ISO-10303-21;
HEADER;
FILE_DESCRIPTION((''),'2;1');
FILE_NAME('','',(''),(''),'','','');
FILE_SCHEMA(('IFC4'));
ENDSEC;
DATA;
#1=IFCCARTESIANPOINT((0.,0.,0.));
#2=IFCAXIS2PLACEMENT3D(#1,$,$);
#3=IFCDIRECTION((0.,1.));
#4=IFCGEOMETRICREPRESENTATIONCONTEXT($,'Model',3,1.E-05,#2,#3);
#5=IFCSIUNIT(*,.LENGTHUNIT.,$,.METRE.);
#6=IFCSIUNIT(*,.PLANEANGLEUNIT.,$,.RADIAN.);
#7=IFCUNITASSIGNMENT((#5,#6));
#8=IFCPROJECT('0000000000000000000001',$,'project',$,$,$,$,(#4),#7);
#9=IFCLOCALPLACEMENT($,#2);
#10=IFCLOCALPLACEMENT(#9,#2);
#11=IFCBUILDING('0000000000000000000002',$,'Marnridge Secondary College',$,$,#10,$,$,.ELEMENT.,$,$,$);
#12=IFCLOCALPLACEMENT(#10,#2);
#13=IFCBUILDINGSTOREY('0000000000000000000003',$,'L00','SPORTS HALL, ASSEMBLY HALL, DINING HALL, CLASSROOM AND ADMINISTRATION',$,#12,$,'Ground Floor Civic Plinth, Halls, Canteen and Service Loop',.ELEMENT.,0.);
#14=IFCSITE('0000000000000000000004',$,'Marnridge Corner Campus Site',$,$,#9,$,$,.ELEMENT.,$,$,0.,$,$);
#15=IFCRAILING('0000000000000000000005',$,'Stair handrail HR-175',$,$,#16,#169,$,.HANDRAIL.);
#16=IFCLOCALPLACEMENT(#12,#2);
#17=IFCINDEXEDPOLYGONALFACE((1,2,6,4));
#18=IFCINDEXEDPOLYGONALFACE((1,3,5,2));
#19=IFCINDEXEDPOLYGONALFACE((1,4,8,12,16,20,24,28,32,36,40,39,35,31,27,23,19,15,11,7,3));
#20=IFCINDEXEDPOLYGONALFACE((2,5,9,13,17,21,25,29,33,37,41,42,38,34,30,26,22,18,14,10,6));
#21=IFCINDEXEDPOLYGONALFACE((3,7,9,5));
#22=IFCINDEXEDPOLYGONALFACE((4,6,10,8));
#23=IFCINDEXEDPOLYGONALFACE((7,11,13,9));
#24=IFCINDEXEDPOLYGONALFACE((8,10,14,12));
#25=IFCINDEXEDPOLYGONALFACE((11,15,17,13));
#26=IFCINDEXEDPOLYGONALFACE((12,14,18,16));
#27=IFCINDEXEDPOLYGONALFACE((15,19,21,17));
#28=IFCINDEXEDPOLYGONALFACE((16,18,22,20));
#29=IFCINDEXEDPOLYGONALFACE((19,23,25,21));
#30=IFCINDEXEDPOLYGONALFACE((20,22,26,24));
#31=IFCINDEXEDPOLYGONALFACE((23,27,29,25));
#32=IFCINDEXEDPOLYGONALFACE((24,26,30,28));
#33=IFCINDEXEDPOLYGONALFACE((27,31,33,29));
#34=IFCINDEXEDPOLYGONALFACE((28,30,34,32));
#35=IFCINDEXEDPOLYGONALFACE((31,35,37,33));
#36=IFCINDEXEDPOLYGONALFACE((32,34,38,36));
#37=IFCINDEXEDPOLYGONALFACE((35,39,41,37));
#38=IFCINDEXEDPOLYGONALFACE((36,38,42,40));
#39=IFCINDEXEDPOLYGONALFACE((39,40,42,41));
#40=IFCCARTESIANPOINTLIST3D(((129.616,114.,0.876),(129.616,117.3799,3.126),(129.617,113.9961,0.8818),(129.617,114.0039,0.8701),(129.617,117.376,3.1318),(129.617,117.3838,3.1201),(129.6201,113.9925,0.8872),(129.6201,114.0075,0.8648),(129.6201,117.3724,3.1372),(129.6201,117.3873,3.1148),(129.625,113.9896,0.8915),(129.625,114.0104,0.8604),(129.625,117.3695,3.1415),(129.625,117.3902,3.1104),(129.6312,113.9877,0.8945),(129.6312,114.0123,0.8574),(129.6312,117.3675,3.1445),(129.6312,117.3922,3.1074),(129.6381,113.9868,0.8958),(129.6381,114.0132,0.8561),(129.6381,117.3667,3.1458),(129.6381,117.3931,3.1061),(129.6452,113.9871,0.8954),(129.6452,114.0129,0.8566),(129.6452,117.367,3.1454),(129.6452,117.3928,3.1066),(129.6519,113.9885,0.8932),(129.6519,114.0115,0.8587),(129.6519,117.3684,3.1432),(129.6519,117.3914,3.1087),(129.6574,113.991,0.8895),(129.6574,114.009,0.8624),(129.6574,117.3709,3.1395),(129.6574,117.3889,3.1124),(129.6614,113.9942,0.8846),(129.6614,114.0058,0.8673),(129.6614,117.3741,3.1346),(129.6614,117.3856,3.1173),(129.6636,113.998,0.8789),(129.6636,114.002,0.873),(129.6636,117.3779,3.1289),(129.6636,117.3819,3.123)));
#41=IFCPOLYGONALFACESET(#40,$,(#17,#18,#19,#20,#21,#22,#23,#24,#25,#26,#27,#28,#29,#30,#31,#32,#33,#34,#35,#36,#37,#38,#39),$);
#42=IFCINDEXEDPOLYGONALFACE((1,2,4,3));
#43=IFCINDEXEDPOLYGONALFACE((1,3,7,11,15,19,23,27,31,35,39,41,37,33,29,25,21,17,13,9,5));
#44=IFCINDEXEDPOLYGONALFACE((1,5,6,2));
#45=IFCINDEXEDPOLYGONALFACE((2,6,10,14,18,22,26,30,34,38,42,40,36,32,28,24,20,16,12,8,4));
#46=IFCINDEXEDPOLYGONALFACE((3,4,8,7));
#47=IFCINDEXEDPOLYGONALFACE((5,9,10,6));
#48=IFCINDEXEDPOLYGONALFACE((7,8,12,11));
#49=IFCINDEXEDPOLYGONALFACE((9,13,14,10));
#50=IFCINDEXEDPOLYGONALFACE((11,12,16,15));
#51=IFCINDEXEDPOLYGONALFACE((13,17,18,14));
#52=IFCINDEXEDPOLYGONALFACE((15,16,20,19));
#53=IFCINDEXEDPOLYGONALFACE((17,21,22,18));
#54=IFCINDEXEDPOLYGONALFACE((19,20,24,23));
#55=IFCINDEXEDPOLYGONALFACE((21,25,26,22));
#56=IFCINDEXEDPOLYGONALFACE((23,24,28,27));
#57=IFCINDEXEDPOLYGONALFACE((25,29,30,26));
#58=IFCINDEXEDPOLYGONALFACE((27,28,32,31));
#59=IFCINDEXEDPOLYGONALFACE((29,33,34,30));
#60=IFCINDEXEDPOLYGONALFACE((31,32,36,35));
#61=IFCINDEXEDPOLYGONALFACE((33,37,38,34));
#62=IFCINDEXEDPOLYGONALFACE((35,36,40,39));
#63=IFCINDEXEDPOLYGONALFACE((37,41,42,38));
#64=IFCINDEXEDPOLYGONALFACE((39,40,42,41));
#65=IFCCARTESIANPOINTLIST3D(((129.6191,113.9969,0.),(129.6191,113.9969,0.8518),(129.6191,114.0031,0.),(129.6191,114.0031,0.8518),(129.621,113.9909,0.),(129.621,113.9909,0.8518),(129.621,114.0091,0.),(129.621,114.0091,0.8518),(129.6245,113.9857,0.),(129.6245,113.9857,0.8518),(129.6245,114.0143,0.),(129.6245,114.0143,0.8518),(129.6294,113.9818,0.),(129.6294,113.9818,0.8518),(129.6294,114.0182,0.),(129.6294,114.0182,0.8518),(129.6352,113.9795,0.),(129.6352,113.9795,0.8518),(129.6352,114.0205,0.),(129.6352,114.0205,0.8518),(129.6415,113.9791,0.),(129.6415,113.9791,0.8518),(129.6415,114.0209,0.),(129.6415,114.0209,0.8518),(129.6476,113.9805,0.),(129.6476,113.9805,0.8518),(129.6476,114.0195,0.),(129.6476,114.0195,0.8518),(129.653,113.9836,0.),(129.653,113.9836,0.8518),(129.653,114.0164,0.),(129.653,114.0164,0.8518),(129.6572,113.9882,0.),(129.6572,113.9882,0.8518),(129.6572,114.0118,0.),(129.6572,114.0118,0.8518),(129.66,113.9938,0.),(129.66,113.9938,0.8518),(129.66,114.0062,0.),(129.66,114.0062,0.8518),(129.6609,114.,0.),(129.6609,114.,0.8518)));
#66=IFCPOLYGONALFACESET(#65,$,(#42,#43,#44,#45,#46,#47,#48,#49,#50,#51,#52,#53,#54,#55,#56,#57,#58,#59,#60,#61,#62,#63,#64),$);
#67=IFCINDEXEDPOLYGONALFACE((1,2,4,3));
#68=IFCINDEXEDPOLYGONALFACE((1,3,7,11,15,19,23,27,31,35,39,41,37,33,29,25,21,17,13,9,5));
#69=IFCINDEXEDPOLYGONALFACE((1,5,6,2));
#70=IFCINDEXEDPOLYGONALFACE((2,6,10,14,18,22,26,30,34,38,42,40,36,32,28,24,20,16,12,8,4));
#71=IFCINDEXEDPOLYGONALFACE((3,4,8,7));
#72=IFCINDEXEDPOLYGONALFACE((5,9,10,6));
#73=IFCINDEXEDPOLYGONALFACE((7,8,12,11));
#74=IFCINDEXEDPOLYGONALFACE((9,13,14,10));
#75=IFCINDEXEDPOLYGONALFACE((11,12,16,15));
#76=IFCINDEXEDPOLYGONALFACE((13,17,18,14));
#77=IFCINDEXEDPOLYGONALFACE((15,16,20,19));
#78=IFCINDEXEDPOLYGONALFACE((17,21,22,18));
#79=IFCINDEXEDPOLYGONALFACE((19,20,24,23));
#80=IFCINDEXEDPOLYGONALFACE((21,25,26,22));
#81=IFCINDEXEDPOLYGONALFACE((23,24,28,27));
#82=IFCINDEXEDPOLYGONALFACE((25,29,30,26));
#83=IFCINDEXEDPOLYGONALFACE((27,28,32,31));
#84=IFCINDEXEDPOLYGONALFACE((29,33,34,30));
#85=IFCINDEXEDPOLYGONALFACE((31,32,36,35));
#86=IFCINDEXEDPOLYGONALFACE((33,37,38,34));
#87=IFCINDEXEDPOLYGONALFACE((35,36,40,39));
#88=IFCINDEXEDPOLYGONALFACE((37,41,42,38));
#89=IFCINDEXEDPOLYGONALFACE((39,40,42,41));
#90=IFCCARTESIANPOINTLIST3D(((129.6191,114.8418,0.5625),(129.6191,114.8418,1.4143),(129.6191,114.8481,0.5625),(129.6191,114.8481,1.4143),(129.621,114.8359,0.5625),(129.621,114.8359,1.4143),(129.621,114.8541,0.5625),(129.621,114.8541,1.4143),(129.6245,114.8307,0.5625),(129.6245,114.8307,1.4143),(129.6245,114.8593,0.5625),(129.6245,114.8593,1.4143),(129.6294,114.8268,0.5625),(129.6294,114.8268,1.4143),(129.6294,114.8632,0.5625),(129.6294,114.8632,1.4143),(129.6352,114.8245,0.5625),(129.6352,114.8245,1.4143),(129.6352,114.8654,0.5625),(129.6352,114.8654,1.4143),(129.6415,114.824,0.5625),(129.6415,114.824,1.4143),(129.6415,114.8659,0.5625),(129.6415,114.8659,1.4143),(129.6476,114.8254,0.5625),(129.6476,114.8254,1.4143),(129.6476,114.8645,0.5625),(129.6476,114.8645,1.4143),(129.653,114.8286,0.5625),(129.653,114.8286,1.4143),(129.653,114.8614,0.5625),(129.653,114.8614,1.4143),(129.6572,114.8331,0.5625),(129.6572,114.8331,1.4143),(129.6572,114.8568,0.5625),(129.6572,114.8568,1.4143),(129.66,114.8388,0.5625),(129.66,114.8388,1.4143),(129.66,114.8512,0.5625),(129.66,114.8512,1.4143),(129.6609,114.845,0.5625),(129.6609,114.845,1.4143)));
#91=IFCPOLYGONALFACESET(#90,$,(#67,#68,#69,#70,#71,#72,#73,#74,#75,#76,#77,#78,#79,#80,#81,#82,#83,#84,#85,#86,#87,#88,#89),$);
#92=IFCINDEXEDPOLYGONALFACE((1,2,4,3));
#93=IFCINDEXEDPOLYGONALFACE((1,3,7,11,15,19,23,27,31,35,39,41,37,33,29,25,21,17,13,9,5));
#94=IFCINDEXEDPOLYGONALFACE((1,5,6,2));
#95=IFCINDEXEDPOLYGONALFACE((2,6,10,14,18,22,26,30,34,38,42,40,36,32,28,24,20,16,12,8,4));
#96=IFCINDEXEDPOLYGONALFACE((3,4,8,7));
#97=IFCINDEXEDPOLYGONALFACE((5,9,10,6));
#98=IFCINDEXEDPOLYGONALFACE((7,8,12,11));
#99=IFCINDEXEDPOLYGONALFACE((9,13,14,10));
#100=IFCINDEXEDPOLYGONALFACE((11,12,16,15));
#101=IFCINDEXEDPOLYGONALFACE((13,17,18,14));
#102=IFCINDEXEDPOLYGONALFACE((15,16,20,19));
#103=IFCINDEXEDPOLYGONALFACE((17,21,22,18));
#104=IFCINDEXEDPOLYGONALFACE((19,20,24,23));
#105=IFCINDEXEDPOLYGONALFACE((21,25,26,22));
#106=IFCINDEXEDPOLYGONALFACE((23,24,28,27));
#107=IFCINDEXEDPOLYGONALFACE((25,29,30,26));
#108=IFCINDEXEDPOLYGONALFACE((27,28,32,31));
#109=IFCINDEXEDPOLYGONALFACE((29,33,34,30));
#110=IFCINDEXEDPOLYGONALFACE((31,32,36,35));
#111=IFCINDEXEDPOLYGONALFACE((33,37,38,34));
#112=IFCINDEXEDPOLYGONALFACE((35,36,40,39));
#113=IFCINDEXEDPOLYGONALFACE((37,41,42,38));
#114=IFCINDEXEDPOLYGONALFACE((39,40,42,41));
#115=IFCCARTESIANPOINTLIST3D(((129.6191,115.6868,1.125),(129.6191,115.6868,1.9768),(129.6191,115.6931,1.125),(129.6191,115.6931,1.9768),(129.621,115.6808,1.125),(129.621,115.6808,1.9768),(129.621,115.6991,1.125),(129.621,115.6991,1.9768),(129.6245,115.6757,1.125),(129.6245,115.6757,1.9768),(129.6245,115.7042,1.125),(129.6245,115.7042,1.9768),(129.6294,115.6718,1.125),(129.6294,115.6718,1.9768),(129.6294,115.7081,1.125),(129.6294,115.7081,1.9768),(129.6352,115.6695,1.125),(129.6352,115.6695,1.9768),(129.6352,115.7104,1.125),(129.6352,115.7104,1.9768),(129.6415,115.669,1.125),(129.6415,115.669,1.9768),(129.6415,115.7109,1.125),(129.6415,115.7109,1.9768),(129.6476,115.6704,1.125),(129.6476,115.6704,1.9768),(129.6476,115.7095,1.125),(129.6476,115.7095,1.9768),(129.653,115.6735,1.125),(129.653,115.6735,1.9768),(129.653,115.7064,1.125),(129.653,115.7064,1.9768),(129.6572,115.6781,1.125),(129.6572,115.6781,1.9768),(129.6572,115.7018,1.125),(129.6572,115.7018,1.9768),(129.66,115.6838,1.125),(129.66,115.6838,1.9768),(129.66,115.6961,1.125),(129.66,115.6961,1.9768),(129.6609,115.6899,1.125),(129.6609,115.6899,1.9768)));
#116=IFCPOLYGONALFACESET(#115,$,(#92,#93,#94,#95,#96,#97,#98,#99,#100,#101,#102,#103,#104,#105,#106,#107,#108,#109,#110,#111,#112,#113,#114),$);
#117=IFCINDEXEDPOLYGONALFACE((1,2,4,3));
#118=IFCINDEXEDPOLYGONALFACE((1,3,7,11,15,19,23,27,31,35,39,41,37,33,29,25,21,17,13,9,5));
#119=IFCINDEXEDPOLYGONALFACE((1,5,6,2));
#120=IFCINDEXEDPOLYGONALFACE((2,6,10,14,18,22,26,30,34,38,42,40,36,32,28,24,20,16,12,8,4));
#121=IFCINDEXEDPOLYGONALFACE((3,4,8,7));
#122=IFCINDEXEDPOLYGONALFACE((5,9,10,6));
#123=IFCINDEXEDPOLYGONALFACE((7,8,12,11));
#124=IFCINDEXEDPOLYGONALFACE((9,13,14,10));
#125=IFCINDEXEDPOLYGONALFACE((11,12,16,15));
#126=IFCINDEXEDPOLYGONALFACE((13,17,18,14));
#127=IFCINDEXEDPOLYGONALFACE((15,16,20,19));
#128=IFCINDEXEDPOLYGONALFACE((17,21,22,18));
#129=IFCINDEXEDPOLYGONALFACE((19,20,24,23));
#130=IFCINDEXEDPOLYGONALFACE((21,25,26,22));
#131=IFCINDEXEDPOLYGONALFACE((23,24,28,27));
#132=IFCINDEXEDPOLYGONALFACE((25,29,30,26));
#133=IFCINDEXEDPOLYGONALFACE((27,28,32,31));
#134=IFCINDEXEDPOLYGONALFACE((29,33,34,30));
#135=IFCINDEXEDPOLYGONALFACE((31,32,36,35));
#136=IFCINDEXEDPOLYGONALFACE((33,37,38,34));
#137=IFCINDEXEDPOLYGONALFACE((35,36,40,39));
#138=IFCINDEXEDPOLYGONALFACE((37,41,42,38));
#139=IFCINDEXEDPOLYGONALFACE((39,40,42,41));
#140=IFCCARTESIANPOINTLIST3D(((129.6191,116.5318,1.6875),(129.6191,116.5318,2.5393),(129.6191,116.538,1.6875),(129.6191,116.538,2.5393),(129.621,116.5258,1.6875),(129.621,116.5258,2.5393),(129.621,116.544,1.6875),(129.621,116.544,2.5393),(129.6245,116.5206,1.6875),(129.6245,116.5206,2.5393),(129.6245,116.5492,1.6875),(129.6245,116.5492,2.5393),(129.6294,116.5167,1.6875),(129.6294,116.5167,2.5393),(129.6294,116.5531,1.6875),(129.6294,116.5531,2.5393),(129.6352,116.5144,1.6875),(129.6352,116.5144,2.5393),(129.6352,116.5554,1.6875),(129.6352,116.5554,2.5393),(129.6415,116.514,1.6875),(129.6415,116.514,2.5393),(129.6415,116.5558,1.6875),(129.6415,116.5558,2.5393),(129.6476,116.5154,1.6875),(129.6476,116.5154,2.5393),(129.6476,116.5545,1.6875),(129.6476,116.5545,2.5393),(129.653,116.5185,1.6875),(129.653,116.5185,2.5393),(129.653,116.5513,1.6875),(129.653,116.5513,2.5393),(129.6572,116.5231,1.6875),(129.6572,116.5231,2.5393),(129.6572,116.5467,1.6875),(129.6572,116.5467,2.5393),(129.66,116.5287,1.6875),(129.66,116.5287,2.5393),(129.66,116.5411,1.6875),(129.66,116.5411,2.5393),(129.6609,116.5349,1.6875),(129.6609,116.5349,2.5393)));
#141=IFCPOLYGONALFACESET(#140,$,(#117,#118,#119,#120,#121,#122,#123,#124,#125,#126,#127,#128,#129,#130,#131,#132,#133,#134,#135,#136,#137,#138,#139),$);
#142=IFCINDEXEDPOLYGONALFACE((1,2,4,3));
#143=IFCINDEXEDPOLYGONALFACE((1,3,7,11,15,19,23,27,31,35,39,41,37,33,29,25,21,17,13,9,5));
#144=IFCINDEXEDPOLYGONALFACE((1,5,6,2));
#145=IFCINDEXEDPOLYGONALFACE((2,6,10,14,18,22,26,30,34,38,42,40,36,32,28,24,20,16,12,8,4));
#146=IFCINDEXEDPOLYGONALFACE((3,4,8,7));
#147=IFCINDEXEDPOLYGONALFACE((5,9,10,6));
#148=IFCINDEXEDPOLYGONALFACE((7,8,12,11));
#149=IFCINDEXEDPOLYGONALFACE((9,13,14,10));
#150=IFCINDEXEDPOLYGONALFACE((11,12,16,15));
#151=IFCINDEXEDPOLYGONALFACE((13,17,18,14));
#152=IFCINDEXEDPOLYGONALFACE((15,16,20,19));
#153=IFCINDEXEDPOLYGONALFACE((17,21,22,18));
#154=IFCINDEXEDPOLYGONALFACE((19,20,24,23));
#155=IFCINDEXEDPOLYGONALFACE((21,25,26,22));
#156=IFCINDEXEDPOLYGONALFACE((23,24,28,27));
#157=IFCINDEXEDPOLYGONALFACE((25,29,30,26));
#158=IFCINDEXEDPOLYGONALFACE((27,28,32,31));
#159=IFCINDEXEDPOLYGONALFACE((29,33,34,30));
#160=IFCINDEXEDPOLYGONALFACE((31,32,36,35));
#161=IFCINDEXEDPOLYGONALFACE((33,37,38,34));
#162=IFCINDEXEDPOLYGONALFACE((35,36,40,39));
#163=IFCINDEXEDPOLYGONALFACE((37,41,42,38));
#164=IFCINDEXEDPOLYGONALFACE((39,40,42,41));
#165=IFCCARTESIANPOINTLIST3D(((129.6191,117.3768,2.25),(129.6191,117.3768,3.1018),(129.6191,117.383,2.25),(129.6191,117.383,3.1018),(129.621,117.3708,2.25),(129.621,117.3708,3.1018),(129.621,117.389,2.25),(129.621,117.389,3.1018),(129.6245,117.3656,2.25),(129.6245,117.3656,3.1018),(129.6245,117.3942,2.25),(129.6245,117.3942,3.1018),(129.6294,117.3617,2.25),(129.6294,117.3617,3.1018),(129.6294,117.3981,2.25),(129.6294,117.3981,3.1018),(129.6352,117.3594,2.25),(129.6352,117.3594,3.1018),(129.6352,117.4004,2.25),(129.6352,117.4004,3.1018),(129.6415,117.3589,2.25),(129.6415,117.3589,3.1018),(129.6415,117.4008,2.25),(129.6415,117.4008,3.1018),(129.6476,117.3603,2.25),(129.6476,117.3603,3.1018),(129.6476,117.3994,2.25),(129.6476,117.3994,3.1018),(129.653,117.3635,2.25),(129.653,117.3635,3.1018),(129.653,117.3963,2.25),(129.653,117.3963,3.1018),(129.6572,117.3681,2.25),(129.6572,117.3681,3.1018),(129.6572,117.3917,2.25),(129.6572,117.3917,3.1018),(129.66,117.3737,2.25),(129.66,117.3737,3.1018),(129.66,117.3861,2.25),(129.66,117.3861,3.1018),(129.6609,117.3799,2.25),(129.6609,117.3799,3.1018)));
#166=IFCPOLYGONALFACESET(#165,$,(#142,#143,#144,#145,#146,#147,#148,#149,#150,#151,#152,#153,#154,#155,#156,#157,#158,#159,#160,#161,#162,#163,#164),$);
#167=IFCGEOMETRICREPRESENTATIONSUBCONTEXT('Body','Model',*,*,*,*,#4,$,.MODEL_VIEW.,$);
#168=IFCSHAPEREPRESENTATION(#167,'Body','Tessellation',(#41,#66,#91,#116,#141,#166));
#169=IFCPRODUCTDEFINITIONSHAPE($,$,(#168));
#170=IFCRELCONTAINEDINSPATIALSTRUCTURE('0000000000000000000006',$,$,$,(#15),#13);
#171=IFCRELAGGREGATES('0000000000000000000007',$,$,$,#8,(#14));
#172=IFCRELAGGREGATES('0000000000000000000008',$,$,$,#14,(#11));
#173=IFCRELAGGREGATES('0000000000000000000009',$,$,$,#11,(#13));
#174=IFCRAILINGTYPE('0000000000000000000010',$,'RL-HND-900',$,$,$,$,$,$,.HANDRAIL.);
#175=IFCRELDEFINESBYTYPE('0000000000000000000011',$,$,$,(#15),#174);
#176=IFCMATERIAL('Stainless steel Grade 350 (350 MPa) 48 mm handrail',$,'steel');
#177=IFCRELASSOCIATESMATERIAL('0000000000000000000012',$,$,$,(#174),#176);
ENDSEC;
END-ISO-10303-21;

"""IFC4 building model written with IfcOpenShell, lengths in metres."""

from ifc_helpers import new_model, si_unit, direction, frame, origin, origin_2d, place, context, subcontext, project, spatial, circle, extrude, material, type_object, element, save


model = new_model("IFC4")

# Units and contexts
model_context = context("Model", 3, precision=1e-05, world=origin(), true_north=direction((0.0, 1.0)))
body_context = subcontext(model_context, "Body", "Model", "MODEL_VIEW")
ifc_project = project(units=[si_unit("LENGTHUNIT", "METRE"), si_unit("PLANEANGLEUNIT", "RADIAN")], contexts=[model_context])

# Site, building, storey
site_placement = place(None, origin())
site = spatial("IfcSite", under=ifc_project, at=site_placement, Name="Marnridge Corner Campus Site", CompositionType="ELEMENT", RefElevation=0.0)
building_placement = place(site_placement, origin())
building = spatial("IfcBuilding", under=site, at=building_placement, Name="Marnridge Secondary College", CompositionType="ELEMENT")
storey_placement = place(building_placement, origin())
storey = spatial("IfcBuildingStorey", under=building, at=storey_placement, Name="L00", Description="SPORTS HALL, ASSEMBLY HALL, DINING HALL, CLASSROOM AND ADMINISTRATION", LongName="Ground Floor Civic Plinth, Halls, Canteen and Service Loop", CompositionType="ELEMENT", Elevation=0.0)

# Railing
ifc_material_1 = material(Name="Stainless steel Grade 350 (350 MPa) 48 mm handrail", Category="steel")
railing_type_1 = type_object("IfcRailingType", Name="RL-HND-900", PredefinedType="HANDRAIL", material=ifc_material_1)
railing_1_placement = place(storey_placement, frame((129.6399, 114.0, 0.0)))
element("IfcRailing", 1, at=railing_1_placement, inside=storey, type_object=railing_type_1, Name="Stair handrail HR-175", PredefinedType="HANDRAIL", context=body_context, shape_type="SweptSolid", body=[
    extrude(circle(Radius=0.0239, at=origin_2d()), frame((0.0, 0.0, 0.876), z_axis=(0.0, 0.83242, 0.554145), x_axis=(-1.0, 0.0, 0.0)), (0.0, 0.0, 1.0), 4.0603),
    extrude(circle(Radius=0.021, at=origin_2d()), origin(), (0.0, 0.0, 1.0), 0.8518),
    extrude(circle(Radius=0.021, at=origin_2d()), frame((0.0, 0.845, 0.5625)), (0.0, 0.0, 1.0), 0.8518),
    extrude(circle(Radius=0.021, at=origin_2d()), frame((0.0, 1.6899, 1.125)), (0.0, 0.0, 1.0), 0.8518),
    extrude(circle(Radius=0.021, at=origin_2d()), frame((0.0, 2.5349, 1.6875)), (0.0, 0.0, 1.0), 0.8518),
    extrude(circle(Radius=0.021, at=origin_2d()), frame((0.0, 3.3799, 2.25)), (0.0, 0.0, 1.0), 0.8518),
])

save(model, "model.ifc")
